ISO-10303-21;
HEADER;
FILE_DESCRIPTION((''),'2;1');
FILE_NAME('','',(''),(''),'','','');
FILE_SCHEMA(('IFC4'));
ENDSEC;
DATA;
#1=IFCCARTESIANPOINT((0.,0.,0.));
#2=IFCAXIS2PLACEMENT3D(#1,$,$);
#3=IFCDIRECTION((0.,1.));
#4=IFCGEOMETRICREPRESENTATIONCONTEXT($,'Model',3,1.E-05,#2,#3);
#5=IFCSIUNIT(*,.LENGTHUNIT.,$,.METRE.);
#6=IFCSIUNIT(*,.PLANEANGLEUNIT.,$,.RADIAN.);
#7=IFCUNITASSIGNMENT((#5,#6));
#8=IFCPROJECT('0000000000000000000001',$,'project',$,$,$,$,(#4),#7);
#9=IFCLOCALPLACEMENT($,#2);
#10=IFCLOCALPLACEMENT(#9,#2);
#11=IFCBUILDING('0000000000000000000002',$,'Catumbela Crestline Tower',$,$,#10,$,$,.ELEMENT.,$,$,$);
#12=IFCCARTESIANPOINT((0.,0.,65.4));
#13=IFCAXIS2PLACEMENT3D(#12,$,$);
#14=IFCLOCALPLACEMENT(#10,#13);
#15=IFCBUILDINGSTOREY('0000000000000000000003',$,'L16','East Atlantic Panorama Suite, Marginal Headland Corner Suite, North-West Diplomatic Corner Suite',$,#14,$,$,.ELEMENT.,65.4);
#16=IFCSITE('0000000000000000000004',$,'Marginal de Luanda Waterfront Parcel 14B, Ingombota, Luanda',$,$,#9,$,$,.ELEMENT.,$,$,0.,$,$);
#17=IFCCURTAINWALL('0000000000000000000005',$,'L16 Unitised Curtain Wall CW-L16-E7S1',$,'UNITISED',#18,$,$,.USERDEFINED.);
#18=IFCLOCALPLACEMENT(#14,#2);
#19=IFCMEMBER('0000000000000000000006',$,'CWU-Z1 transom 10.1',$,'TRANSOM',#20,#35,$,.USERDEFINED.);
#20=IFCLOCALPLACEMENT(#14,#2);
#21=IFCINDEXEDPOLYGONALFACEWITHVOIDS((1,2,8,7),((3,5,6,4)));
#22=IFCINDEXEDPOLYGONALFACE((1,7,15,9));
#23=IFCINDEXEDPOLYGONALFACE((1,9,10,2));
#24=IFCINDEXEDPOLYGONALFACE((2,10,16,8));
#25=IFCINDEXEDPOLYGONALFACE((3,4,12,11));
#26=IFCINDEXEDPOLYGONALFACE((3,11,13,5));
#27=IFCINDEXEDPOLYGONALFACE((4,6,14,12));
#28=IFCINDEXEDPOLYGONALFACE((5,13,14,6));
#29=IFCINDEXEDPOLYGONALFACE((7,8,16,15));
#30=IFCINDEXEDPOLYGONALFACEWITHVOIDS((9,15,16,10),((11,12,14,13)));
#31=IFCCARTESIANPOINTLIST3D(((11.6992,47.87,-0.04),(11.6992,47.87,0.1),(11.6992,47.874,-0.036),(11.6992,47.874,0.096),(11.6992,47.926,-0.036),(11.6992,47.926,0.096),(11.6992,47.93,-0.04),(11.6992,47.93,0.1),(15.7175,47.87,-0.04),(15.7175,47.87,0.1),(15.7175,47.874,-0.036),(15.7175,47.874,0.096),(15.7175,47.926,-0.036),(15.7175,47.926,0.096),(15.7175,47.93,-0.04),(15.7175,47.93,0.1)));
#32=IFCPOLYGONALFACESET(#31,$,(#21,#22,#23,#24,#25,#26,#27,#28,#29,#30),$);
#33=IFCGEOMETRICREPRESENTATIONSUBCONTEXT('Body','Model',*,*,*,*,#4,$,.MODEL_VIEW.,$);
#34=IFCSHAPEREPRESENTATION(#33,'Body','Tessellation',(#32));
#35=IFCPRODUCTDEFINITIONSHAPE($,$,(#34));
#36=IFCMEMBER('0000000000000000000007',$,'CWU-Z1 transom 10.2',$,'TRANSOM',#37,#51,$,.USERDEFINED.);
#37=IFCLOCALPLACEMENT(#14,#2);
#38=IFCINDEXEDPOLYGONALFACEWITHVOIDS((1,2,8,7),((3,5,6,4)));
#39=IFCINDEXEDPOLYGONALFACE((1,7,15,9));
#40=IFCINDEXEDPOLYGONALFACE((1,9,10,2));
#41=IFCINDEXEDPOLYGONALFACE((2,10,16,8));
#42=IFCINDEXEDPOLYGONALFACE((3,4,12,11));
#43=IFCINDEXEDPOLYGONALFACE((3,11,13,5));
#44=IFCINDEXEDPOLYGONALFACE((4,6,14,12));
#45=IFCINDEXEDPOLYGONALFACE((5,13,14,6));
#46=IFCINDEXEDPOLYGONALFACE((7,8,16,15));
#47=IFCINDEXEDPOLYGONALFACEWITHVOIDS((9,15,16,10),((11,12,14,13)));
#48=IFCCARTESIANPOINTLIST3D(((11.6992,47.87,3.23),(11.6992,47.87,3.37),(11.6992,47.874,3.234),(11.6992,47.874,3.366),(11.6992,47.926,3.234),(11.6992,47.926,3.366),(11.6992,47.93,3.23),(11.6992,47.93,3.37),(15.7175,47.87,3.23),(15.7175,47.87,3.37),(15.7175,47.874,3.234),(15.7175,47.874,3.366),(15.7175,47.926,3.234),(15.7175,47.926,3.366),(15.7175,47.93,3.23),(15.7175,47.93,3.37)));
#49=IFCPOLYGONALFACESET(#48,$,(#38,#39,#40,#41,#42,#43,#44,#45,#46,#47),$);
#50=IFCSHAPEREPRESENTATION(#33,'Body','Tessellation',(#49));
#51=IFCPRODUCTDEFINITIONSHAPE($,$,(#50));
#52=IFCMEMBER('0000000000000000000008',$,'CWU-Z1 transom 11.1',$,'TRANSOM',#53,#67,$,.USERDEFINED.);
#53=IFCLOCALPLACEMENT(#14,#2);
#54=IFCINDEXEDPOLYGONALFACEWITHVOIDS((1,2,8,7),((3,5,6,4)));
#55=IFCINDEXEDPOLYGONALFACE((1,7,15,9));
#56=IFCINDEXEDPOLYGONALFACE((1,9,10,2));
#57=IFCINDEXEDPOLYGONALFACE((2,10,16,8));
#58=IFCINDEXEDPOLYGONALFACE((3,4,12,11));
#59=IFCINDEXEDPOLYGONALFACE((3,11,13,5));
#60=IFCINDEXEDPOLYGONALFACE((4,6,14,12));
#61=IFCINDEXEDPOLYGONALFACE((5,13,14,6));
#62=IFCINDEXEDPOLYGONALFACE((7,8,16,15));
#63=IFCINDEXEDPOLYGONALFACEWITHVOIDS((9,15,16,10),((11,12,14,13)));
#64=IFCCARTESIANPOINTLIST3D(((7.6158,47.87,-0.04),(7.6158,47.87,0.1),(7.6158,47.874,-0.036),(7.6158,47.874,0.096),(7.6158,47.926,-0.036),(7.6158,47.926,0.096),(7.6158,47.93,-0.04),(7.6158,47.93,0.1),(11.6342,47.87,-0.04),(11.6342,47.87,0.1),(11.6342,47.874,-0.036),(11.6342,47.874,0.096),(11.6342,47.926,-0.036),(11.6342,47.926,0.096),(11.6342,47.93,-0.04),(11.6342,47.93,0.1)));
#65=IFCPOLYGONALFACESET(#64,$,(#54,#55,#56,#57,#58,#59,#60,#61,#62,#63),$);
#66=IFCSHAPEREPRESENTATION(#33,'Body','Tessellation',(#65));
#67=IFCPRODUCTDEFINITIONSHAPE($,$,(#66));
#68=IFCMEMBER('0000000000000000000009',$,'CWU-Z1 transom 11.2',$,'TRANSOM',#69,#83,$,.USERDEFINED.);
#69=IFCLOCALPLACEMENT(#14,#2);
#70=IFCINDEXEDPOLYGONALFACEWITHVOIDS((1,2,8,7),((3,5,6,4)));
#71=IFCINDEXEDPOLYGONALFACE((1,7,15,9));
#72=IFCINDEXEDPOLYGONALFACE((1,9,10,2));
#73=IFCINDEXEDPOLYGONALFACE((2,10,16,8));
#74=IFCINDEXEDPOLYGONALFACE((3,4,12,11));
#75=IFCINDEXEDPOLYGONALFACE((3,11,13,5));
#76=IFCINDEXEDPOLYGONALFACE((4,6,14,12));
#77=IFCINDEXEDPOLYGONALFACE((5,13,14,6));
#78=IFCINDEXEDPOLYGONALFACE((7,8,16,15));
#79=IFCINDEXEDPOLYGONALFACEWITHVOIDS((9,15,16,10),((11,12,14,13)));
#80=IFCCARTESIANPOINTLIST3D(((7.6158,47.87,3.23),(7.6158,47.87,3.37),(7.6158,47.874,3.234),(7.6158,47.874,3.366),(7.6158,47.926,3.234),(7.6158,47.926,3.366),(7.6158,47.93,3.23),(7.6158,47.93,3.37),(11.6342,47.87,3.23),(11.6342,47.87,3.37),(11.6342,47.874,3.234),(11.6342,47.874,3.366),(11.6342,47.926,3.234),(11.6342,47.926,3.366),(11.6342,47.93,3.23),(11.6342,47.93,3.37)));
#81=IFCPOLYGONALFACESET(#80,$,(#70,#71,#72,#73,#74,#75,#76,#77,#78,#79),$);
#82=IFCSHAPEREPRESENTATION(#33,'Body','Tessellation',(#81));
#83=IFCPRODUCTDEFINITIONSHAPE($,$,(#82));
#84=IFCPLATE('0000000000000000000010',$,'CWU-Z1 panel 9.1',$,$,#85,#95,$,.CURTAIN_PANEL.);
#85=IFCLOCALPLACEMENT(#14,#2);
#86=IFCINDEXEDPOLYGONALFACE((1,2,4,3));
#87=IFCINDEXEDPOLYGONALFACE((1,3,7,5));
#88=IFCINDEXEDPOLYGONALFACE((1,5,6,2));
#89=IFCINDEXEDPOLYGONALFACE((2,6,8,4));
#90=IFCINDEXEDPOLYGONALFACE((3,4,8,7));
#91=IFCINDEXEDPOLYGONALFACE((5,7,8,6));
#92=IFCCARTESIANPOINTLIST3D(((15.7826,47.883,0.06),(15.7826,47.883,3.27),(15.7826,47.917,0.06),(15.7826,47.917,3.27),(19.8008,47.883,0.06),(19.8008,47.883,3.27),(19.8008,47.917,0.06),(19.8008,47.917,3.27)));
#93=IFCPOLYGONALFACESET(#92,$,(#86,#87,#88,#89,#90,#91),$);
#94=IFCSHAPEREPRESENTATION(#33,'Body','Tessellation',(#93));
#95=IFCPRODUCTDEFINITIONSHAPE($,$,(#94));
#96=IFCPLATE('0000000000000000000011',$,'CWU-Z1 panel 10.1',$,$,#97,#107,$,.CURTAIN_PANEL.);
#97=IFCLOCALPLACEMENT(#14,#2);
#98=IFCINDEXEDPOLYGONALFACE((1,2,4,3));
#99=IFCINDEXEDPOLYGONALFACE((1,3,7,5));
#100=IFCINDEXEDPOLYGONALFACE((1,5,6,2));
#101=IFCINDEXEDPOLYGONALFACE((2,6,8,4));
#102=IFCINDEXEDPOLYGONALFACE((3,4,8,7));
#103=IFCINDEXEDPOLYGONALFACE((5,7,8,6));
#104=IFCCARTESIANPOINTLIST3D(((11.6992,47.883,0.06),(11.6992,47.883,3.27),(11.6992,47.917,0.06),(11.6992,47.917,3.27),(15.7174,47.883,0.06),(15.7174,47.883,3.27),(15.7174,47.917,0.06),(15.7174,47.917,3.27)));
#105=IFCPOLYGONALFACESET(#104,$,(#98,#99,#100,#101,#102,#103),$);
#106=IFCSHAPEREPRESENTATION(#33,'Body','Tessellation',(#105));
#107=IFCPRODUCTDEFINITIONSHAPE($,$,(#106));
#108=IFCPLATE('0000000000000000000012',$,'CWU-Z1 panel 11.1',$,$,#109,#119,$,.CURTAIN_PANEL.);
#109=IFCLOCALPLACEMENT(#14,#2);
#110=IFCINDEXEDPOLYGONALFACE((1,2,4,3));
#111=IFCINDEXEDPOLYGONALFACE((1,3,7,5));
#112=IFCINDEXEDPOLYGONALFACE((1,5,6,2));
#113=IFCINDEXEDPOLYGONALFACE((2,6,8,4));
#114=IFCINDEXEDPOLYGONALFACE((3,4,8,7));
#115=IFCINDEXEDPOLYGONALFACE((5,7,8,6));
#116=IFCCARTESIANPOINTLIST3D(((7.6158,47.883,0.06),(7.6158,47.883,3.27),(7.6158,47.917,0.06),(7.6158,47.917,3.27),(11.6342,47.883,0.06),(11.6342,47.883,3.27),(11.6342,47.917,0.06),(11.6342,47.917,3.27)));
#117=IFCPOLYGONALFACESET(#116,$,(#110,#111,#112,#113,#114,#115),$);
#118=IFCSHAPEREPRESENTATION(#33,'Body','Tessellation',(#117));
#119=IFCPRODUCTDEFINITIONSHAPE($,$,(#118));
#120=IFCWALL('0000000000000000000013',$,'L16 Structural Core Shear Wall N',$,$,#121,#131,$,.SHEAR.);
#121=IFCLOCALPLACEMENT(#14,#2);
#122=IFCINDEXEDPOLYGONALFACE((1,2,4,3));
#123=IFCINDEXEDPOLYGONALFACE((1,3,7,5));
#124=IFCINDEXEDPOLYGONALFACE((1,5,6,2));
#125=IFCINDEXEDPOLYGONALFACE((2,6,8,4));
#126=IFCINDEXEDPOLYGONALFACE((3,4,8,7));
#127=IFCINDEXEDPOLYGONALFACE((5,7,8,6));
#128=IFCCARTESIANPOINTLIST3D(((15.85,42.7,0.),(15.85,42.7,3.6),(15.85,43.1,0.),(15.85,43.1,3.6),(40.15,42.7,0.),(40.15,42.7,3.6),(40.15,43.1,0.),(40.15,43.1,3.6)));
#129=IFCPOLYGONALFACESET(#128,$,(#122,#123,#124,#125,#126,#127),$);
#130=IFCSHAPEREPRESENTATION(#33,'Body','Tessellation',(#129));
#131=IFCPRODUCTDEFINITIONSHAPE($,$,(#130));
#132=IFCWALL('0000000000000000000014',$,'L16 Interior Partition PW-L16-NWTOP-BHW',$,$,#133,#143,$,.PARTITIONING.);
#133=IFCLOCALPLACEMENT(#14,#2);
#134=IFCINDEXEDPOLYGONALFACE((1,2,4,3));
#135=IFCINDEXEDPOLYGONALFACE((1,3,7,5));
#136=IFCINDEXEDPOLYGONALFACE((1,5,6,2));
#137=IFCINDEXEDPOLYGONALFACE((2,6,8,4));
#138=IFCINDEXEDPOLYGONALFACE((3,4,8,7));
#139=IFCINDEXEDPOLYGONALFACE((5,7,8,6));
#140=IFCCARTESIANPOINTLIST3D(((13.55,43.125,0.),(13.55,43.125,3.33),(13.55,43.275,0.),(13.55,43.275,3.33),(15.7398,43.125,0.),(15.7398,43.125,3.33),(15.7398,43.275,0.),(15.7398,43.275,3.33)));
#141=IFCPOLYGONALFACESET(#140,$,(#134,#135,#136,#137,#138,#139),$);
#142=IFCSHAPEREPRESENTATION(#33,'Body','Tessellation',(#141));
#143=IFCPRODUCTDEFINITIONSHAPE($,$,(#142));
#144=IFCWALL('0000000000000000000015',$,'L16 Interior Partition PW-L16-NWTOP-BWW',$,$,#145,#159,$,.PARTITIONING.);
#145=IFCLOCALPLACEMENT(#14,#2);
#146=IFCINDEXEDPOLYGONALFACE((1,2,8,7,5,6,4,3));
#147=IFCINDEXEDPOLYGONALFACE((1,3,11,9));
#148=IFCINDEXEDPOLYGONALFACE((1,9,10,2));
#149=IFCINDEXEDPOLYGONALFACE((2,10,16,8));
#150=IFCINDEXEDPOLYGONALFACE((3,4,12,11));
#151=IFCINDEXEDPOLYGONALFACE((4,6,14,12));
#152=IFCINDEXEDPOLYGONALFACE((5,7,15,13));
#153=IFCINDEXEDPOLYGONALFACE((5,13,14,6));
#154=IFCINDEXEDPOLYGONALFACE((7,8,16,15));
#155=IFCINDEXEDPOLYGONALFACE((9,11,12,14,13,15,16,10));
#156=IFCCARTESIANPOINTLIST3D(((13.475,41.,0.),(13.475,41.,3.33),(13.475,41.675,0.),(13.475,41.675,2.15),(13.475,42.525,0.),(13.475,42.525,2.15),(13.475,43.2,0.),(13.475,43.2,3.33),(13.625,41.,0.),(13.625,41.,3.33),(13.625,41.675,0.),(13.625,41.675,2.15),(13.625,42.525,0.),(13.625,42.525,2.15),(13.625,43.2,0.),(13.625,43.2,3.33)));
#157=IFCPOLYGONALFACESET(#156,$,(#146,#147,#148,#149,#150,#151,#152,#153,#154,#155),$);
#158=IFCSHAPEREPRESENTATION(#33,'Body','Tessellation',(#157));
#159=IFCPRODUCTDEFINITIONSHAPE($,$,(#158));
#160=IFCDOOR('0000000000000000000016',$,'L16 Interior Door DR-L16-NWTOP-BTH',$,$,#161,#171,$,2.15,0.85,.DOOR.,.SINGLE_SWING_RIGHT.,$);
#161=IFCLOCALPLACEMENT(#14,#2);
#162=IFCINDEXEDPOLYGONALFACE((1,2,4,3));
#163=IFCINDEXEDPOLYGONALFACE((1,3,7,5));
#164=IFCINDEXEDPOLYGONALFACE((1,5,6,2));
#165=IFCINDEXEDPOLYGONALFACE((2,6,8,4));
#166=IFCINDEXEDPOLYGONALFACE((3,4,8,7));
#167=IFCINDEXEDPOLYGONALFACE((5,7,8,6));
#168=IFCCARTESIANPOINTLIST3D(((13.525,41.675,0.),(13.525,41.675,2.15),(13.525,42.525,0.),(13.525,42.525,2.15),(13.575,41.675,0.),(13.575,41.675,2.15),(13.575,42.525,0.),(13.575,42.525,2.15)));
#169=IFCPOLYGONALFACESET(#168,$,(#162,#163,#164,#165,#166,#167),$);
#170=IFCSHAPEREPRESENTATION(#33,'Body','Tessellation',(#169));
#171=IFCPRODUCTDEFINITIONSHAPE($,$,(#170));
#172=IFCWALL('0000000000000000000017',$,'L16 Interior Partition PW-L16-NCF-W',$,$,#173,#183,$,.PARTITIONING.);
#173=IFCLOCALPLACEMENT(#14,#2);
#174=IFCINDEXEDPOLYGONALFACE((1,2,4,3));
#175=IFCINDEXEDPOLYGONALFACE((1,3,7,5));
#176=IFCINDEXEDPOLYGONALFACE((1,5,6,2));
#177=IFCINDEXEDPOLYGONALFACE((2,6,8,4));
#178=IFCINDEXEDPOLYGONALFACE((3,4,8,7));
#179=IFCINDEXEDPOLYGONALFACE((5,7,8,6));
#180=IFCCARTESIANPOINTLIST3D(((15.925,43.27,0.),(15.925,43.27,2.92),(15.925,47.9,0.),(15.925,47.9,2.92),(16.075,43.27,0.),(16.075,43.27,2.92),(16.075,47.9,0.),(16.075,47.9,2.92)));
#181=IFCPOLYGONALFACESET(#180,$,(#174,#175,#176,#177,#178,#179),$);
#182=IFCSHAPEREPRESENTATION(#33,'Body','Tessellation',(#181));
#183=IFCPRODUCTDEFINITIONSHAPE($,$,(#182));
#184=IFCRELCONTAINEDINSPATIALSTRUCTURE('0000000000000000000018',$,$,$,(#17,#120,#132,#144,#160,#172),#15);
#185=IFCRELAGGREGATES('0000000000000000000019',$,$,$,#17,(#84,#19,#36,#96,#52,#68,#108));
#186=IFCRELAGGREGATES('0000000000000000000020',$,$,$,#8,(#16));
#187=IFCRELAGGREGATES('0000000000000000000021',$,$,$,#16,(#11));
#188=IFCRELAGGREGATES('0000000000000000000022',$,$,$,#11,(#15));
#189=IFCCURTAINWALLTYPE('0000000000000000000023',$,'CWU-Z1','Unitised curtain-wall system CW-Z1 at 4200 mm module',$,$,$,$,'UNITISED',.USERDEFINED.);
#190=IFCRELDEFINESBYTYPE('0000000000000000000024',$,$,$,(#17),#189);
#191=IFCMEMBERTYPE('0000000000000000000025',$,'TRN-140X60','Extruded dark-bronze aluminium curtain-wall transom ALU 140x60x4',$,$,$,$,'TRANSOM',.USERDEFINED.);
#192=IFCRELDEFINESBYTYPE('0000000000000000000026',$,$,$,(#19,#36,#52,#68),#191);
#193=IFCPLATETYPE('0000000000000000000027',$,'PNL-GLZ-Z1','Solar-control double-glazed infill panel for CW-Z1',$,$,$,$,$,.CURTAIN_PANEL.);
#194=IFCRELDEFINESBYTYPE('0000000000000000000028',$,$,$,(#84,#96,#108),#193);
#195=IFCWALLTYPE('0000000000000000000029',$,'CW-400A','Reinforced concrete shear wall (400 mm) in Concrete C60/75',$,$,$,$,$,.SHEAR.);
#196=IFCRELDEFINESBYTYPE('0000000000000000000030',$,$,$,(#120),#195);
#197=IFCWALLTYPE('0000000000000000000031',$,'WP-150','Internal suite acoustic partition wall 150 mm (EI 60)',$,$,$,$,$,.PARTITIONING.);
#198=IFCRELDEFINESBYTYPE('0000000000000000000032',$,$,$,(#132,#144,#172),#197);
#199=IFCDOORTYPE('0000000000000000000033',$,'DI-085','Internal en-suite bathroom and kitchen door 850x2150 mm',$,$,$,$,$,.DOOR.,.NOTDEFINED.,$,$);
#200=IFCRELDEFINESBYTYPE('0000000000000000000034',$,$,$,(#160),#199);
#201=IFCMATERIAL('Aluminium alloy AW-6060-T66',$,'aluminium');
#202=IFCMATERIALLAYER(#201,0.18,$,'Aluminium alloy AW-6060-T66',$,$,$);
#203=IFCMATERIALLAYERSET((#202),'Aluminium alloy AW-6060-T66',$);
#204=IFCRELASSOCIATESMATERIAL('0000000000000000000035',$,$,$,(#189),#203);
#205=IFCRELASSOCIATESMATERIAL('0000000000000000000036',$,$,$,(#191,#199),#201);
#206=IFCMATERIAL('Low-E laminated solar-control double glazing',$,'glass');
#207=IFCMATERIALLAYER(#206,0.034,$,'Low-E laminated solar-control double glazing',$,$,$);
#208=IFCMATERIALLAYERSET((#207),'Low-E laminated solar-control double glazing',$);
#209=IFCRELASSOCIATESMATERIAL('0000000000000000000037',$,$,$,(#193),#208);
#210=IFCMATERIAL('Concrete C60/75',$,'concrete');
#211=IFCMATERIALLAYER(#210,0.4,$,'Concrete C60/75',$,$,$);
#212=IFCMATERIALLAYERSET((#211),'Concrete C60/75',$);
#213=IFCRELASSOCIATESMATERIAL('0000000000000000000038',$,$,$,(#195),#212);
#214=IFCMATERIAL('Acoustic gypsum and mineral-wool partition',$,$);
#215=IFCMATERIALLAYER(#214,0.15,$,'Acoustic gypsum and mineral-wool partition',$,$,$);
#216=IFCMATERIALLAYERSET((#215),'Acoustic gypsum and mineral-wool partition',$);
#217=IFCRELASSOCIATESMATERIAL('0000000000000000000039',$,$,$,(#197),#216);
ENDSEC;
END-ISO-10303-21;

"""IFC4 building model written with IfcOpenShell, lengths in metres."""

from ifc_helpers import new_model, si_unit, direction, frame, frame_2d, origin, origin_2d, place, context, subcontext, project, spatial, rectangle, hollow_rectangle, extrude, material, layer, layer_set, material_profile, profile_set, type_object, element, fill, aggregate, save


model = new_model("IFC4")

# Units and contexts
model_context = context("Model", 3, precision=1e-05, world=origin(), true_north=direction((0.0, 1.0)))
body_context = subcontext(model_context, "Body", "Model", "MODEL_VIEW")
ifc_project = project(units=[si_unit("LENGTHUNIT", "METRE"), si_unit("PLANEANGLEUNIT", "RADIAN")], contexts=[model_context])

# Site, building, storey
site_placement = place(None, origin())
site = spatial("IfcSite", under=ifc_project, at=site_placement, Name="Marginal de Luanda Waterfront Parcel 14B, Ingombota, Luanda", CompositionType="ELEMENT", RefElevation=0.0)
building_placement = place(site_placement, origin())
building = spatial("IfcBuilding", under=site, at=building_placement, Name="Catumbela Crestline Tower", CompositionType="ELEMENT")
storey_placement = place(building_placement, frame((0.0, 0.0, 65.4)))
storey = spatial("IfcBuildingStorey", under=building, at=storey_placement, Name="L16", Description="East Atlantic Panorama Suite, Marginal Headland Corner Suite, North-West Diplomatic Corner Suite", CompositionType="ELEMENT", Elevation=65.4)

# Curtain wall
ifc_material_1 = material(Name="Aluminium alloy AW-6060-T66", Category="aluminium")
ifc_layer_1 = layer(ifc_material_1, 0.18, Name="Aluminium alloy AW-6060-T66")
ifc_layer_set_1 = layer_set([ifc_layer_1], Name="Aluminium alloy AW-6060-T66")
curtain_wall_type = type_object("IfcCurtainWallType", Name="CWU-Z1", Description="Unitised curtain-wall system CW-Z1 at 4200 mm module", ElementType="UNITISED", PredefinedType="USERDEFINED", material=ifc_layer_set_1)
curtain_wall_placement = place(storey_placement, origin())
curtain_wall = element("IfcCurtainWall", 1, at=curtain_wall_placement, inside=storey, type_object=curtain_wall_type, Name="L16 Unitised Curtain Wall CW-L16-E7S1", ObjectType="UNITISED", PredefinedType="USERDEFINED")

# Members
ifc_material_profile_1 = material_profile(ifc_material_1, hollow_rectangle(XDim=0.06, YDim=0.14, WallThickness=0.004, at=origin_2d()), Name="ALU 140x60x4")
ifc_profile_set_1 = profile_set([ifc_material_profile_1], Name="Aluminium alloy AW-6060-T66")
member_type_1 = type_object("IfcMemberType", Name="TRN-140X60", Description="Extruded dark-bronze aluminium curtain-wall transom ALU 140x60x4", ElementType="TRANSOM", PredefinedType="USERDEFINED", material=ifc_profile_set_1)
member_1_placement = place(storey_placement, frame((15.7175, 47.9, 0.03), z_axis=(-1.0, 0.0, 0.0), x_axis=(0.0, -1.0, 0.0)))
member_1 = element("IfcMember", 2, at=member_1_placement, type_object=member_type_1, Name="CWU-Z1 transom 10.1", ObjectType="TRANSOM", PredefinedType="USERDEFINED", context=body_context, shape_type="SweptSolid", body=[
    extrude(hollow_rectangle(XDim=0.06, YDim=0.14, WallThickness=0.004, at=origin_2d()), origin(), (0.0, 0.0, 1.0), 4.0183),
])
member_2_placement = place(storey_placement, frame((15.7175, 47.9, 3.3), z_axis=(-1.0, 0.0, 0.0), x_axis=(0.0, -1.0, 0.0)))
member_2 = element("IfcMember", 3, at=member_2_placement, type_object=member_type_1, Name="CWU-Z1 transom 10.2", ObjectType="TRANSOM", PredefinedType="USERDEFINED", context=body_context, shape_type="SweptSolid", body=[
    extrude(hollow_rectangle(XDim=0.06, YDim=0.14, WallThickness=0.004, at=origin_2d()), origin(), (0.0, 0.0, 1.0), 4.0183),
])
member_3_placement = place(storey_placement, frame((11.6342, 47.9, 0.03), z_axis=(-1.0, 0.0, 0.0), x_axis=(0.0, -1.0, 0.0)))
member_3 = element("IfcMember", 4, at=member_3_placement, type_object=member_type_1, Name="CWU-Z1 transom 11.1", ObjectType="TRANSOM", PredefinedType="USERDEFINED", context=body_context, shape_type="SweptSolid", body=[
    extrude(hollow_rectangle(XDim=0.06, YDim=0.14, WallThickness=0.004, at=origin_2d()), origin(), (0.0, 0.0, 1.0), 4.0184),
])
member_4_placement = place(storey_placement, frame((11.6342, 47.9, 3.3), z_axis=(-1.0, 0.0, 0.0), x_axis=(0.0, -1.0, 0.0)))
member_4 = element("IfcMember", 5, at=member_4_placement, type_object=member_type_1, Name="CWU-Z1 transom 11.2", ObjectType="TRANSOM", PredefinedType="USERDEFINED", context=body_context, shape_type="SweptSolid", body=[
    extrude(hollow_rectangle(XDim=0.06, YDim=0.14, WallThickness=0.004, at=origin_2d()), origin(), (0.0, 0.0, 1.0), 4.0184),
])

# Plates
ifc_material_2 = material(Name="Low-E laminated solar-control double glazing", Category="glass")
ifc_layer_2 = layer(ifc_material_2, 0.034, Name="Low-E laminated solar-control double glazing")
ifc_layer_set_2 = layer_set([ifc_layer_2], Name="Low-E laminated solar-control double glazing")
plate_type = type_object("IfcPlateType", Name="PNL-GLZ-Z1", Description="Solar-control double-glazed infill panel for CW-Z1", PredefinedType="CURTAIN_PANEL", material=ifc_layer_set_2)
plate_1_placement = place(storey_placement, frame((17.7917, 47.9, 0.06), z_axis=(0.0, 0.0, 1.0), x_axis=(-1.0, 0.0, 0.0)))
plate_1 = element("IfcPlate", 6, at=plate_1_placement, type_object=plate_type, Name="CWU-Z1 panel 9.1", PredefinedType="CURTAIN_PANEL", context=body_context, shape_type="SweptSolid", body=[
    extrude(rectangle(XDim=4.0183, YDim=0.034, at=origin_2d()), origin(), (0.0, 0.0, 1.0), 3.21),
])
plate_2_placement = place(storey_placement, frame((13.7083, 47.9, 0.06), z_axis=(0.0, 0.0, 1.0), x_axis=(-1.0, 0.0, 0.0)))
plate_2 = element("IfcPlate", 7, at=plate_2_placement, type_object=plate_type, Name="CWU-Z1 panel 10.1", PredefinedType="CURTAIN_PANEL", context=body_context, shape_type="SweptSolid", body=[
    extrude(rectangle(XDim=4.0183, YDim=0.034, at=origin_2d()), origin(), (0.0, 0.0, 1.0), 3.21),
])
plate_3_placement = place(storey_placement, frame((9.625, 47.9, 0.06), z_axis=(0.0, 0.0, 1.0), x_axis=(-1.0, 0.0, 0.0)))
plate_3 = element("IfcPlate", 8, at=plate_3_placement, type_object=plate_type, Name="CWU-Z1 panel 11.1", PredefinedType="CURTAIN_PANEL", context=body_context, shape_type="SweptSolid", body=[
    extrude(rectangle(XDim=4.0183, YDim=0.034, at=origin_2d()), origin(), (0.0, 0.0, 1.0), 3.21),
])
aggregate(curtain_wall, [plate_1, member_1, member_2, plate_2, member_3, member_4, plate_3])

# Walls
ifc_material_3 = material(Name="Concrete C60/75", Category="concrete")
ifc_layer_3 = layer(ifc_material_3, 0.4, Name="Concrete C60/75")
ifc_layer_set_3 = layer_set([ifc_layer_3], Name="Concrete C60/75")
wall_type_1 = type_object("IfcWallType", Name="CW-400A", Description="Reinforced concrete shear wall (400 mm) in Concrete C60/75", PredefinedType="SHEAR", material=ifc_layer_set_3)
wall_1_placement = place(storey_placement, frame((15.85, 42.9, 0.0), z_axis=(0.0, 0.0, 1.0), x_axis=(1.0, 0.0, 0.0)))
element("IfcWall", 9, at=wall_1_placement, inside=storey, type_object=wall_type_1, Name="L16 Structural Core Shear Wall N", PredefinedType="SHEAR", context=body_context, shape_type="SweptSolid", body=[
    extrude(rectangle(XDim=24.3, YDim=0.4, at=frame_2d((12.15, 0.0))), origin(), (0.0, 0.0, 1.0), 3.6),
])
ifc_material_4 = material(Name="Acoustic gypsum and mineral-wool partition")
ifc_layer_4 = layer(ifc_material_4, 0.15, Name="Acoustic gypsum and mineral-wool partition")
ifc_layer_set_4 = layer_set([ifc_layer_4], Name="Acoustic gypsum and mineral-wool partition")
wall_type_2 = type_object("IfcWallType", Name="WP-150", Description="Internal suite acoustic partition wall 150 mm (EI 60)", PredefinedType="PARTITIONING", material=ifc_layer_set_4)
wall_2_placement = place(storey_placement, frame((13.55, 43.2, 0.0), z_axis=(0.0, 0.0, 1.0), x_axis=(1.0, 0.0, 0.0)))
element("IfcWall", 10, at=wall_2_placement, inside=storey, type_object=wall_type_2, Name="L16 Interior Partition PW-L16-NWTOP-BHW", PredefinedType="PARTITIONING", context=body_context, shape_type="SweptSolid", body=[
    extrude(rectangle(XDim=2.1897, YDim=0.15, at=frame_2d((1.0949, 0.0))), origin(), (0.0, 0.0, 1.0), 3.33),
])

# Wall, opening, door
wall_3_placement = place(storey_placement, frame((13.55, 41.0, 0.0), z_axis=(0.0, 0.0, 1.0), x_axis=(0.0, 1.0, 0.0)))
wall_3 = element("IfcWall", 11, at=wall_3_placement, inside=storey, type_object=wall_type_2, Name="L16 Interior Partition PW-L16-NWTOP-BWW", PredefinedType="PARTITIONING", context=body_context, shape_type="SweptSolid", body=[
    extrude(rectangle(XDim=2.2, YDim=0.15, at=frame_2d((1.1, 0.0))), origin(), (0.0, 0.0, 1.0), 3.33),
])
opening_placement = place(wall_3_placement, frame((0.675, 0.0, 0.0)))
opening = element("IfcOpeningElement", 12, at=opening_placement, cuts=wall_3, PredefinedType="OPENING", context=body_context, shape_type="SweptSolid", body=[
    extrude(rectangle(XDim=0.85, YDim=2.15, at=frame_2d((0.425, 1.075))), frame((0.0, 0.085, 0.0), z_axis=(0.0, -1.0, 0.0), x_axis=(1.0, 0.0, 0.0)), (0.0, 0.0, 1.0), 0.17),
])
door_type = type_object("IfcDoorType", Name="DI-085", Description="Internal en-suite bathroom and kitchen door 850x2150 mm", OperationType="NOTDEFINED", PredefinedType="DOOR", material=ifc_material_1)
door_placement = place(opening_placement, origin())
door = element("IfcDoor", 13, at=door_placement, inside=storey, type_object=door_type, Name="L16 Interior Door DR-L16-NWTOP-BTH", OperationType="SINGLE_SWING_RIGHT", OverallHeight=2.15, OverallWidth=0.85, PredefinedType="DOOR", context=body_context, shape_type="SweptSolid", body=[
    extrude(rectangle(XDim=0.85, YDim=2.15, at=frame_2d((0.425, 1.075))), frame((0.0, 0.025, 0.0), z_axis=(0.0, -1.0, 0.0), x_axis=(1.0, 0.0, 0.0)), (0.0, 0.0, 1.0), 0.05),
])
fill(opening, door)

# Wall
wall_4_placement = place(storey_placement, frame((16.0, 43.27, 0.0), z_axis=(0.0, 0.0, 1.0), x_axis=(0.0, 1.0, 0.0)))
element("IfcWall", 14, at=wall_4_placement, inside=storey, type_object=wall_type_2, Name="L16 Interior Partition PW-L16-NCF-W", PredefinedType="PARTITIONING", context=body_context, shape_type="SweptSolid", body=[
    extrude(rectangle(XDim=4.63, YDim=0.15, at=frame_2d((2.315, 0.0))), origin(), (0.0, 0.0, 1.0), 2.92),
])

save(model, "model.ifc")
